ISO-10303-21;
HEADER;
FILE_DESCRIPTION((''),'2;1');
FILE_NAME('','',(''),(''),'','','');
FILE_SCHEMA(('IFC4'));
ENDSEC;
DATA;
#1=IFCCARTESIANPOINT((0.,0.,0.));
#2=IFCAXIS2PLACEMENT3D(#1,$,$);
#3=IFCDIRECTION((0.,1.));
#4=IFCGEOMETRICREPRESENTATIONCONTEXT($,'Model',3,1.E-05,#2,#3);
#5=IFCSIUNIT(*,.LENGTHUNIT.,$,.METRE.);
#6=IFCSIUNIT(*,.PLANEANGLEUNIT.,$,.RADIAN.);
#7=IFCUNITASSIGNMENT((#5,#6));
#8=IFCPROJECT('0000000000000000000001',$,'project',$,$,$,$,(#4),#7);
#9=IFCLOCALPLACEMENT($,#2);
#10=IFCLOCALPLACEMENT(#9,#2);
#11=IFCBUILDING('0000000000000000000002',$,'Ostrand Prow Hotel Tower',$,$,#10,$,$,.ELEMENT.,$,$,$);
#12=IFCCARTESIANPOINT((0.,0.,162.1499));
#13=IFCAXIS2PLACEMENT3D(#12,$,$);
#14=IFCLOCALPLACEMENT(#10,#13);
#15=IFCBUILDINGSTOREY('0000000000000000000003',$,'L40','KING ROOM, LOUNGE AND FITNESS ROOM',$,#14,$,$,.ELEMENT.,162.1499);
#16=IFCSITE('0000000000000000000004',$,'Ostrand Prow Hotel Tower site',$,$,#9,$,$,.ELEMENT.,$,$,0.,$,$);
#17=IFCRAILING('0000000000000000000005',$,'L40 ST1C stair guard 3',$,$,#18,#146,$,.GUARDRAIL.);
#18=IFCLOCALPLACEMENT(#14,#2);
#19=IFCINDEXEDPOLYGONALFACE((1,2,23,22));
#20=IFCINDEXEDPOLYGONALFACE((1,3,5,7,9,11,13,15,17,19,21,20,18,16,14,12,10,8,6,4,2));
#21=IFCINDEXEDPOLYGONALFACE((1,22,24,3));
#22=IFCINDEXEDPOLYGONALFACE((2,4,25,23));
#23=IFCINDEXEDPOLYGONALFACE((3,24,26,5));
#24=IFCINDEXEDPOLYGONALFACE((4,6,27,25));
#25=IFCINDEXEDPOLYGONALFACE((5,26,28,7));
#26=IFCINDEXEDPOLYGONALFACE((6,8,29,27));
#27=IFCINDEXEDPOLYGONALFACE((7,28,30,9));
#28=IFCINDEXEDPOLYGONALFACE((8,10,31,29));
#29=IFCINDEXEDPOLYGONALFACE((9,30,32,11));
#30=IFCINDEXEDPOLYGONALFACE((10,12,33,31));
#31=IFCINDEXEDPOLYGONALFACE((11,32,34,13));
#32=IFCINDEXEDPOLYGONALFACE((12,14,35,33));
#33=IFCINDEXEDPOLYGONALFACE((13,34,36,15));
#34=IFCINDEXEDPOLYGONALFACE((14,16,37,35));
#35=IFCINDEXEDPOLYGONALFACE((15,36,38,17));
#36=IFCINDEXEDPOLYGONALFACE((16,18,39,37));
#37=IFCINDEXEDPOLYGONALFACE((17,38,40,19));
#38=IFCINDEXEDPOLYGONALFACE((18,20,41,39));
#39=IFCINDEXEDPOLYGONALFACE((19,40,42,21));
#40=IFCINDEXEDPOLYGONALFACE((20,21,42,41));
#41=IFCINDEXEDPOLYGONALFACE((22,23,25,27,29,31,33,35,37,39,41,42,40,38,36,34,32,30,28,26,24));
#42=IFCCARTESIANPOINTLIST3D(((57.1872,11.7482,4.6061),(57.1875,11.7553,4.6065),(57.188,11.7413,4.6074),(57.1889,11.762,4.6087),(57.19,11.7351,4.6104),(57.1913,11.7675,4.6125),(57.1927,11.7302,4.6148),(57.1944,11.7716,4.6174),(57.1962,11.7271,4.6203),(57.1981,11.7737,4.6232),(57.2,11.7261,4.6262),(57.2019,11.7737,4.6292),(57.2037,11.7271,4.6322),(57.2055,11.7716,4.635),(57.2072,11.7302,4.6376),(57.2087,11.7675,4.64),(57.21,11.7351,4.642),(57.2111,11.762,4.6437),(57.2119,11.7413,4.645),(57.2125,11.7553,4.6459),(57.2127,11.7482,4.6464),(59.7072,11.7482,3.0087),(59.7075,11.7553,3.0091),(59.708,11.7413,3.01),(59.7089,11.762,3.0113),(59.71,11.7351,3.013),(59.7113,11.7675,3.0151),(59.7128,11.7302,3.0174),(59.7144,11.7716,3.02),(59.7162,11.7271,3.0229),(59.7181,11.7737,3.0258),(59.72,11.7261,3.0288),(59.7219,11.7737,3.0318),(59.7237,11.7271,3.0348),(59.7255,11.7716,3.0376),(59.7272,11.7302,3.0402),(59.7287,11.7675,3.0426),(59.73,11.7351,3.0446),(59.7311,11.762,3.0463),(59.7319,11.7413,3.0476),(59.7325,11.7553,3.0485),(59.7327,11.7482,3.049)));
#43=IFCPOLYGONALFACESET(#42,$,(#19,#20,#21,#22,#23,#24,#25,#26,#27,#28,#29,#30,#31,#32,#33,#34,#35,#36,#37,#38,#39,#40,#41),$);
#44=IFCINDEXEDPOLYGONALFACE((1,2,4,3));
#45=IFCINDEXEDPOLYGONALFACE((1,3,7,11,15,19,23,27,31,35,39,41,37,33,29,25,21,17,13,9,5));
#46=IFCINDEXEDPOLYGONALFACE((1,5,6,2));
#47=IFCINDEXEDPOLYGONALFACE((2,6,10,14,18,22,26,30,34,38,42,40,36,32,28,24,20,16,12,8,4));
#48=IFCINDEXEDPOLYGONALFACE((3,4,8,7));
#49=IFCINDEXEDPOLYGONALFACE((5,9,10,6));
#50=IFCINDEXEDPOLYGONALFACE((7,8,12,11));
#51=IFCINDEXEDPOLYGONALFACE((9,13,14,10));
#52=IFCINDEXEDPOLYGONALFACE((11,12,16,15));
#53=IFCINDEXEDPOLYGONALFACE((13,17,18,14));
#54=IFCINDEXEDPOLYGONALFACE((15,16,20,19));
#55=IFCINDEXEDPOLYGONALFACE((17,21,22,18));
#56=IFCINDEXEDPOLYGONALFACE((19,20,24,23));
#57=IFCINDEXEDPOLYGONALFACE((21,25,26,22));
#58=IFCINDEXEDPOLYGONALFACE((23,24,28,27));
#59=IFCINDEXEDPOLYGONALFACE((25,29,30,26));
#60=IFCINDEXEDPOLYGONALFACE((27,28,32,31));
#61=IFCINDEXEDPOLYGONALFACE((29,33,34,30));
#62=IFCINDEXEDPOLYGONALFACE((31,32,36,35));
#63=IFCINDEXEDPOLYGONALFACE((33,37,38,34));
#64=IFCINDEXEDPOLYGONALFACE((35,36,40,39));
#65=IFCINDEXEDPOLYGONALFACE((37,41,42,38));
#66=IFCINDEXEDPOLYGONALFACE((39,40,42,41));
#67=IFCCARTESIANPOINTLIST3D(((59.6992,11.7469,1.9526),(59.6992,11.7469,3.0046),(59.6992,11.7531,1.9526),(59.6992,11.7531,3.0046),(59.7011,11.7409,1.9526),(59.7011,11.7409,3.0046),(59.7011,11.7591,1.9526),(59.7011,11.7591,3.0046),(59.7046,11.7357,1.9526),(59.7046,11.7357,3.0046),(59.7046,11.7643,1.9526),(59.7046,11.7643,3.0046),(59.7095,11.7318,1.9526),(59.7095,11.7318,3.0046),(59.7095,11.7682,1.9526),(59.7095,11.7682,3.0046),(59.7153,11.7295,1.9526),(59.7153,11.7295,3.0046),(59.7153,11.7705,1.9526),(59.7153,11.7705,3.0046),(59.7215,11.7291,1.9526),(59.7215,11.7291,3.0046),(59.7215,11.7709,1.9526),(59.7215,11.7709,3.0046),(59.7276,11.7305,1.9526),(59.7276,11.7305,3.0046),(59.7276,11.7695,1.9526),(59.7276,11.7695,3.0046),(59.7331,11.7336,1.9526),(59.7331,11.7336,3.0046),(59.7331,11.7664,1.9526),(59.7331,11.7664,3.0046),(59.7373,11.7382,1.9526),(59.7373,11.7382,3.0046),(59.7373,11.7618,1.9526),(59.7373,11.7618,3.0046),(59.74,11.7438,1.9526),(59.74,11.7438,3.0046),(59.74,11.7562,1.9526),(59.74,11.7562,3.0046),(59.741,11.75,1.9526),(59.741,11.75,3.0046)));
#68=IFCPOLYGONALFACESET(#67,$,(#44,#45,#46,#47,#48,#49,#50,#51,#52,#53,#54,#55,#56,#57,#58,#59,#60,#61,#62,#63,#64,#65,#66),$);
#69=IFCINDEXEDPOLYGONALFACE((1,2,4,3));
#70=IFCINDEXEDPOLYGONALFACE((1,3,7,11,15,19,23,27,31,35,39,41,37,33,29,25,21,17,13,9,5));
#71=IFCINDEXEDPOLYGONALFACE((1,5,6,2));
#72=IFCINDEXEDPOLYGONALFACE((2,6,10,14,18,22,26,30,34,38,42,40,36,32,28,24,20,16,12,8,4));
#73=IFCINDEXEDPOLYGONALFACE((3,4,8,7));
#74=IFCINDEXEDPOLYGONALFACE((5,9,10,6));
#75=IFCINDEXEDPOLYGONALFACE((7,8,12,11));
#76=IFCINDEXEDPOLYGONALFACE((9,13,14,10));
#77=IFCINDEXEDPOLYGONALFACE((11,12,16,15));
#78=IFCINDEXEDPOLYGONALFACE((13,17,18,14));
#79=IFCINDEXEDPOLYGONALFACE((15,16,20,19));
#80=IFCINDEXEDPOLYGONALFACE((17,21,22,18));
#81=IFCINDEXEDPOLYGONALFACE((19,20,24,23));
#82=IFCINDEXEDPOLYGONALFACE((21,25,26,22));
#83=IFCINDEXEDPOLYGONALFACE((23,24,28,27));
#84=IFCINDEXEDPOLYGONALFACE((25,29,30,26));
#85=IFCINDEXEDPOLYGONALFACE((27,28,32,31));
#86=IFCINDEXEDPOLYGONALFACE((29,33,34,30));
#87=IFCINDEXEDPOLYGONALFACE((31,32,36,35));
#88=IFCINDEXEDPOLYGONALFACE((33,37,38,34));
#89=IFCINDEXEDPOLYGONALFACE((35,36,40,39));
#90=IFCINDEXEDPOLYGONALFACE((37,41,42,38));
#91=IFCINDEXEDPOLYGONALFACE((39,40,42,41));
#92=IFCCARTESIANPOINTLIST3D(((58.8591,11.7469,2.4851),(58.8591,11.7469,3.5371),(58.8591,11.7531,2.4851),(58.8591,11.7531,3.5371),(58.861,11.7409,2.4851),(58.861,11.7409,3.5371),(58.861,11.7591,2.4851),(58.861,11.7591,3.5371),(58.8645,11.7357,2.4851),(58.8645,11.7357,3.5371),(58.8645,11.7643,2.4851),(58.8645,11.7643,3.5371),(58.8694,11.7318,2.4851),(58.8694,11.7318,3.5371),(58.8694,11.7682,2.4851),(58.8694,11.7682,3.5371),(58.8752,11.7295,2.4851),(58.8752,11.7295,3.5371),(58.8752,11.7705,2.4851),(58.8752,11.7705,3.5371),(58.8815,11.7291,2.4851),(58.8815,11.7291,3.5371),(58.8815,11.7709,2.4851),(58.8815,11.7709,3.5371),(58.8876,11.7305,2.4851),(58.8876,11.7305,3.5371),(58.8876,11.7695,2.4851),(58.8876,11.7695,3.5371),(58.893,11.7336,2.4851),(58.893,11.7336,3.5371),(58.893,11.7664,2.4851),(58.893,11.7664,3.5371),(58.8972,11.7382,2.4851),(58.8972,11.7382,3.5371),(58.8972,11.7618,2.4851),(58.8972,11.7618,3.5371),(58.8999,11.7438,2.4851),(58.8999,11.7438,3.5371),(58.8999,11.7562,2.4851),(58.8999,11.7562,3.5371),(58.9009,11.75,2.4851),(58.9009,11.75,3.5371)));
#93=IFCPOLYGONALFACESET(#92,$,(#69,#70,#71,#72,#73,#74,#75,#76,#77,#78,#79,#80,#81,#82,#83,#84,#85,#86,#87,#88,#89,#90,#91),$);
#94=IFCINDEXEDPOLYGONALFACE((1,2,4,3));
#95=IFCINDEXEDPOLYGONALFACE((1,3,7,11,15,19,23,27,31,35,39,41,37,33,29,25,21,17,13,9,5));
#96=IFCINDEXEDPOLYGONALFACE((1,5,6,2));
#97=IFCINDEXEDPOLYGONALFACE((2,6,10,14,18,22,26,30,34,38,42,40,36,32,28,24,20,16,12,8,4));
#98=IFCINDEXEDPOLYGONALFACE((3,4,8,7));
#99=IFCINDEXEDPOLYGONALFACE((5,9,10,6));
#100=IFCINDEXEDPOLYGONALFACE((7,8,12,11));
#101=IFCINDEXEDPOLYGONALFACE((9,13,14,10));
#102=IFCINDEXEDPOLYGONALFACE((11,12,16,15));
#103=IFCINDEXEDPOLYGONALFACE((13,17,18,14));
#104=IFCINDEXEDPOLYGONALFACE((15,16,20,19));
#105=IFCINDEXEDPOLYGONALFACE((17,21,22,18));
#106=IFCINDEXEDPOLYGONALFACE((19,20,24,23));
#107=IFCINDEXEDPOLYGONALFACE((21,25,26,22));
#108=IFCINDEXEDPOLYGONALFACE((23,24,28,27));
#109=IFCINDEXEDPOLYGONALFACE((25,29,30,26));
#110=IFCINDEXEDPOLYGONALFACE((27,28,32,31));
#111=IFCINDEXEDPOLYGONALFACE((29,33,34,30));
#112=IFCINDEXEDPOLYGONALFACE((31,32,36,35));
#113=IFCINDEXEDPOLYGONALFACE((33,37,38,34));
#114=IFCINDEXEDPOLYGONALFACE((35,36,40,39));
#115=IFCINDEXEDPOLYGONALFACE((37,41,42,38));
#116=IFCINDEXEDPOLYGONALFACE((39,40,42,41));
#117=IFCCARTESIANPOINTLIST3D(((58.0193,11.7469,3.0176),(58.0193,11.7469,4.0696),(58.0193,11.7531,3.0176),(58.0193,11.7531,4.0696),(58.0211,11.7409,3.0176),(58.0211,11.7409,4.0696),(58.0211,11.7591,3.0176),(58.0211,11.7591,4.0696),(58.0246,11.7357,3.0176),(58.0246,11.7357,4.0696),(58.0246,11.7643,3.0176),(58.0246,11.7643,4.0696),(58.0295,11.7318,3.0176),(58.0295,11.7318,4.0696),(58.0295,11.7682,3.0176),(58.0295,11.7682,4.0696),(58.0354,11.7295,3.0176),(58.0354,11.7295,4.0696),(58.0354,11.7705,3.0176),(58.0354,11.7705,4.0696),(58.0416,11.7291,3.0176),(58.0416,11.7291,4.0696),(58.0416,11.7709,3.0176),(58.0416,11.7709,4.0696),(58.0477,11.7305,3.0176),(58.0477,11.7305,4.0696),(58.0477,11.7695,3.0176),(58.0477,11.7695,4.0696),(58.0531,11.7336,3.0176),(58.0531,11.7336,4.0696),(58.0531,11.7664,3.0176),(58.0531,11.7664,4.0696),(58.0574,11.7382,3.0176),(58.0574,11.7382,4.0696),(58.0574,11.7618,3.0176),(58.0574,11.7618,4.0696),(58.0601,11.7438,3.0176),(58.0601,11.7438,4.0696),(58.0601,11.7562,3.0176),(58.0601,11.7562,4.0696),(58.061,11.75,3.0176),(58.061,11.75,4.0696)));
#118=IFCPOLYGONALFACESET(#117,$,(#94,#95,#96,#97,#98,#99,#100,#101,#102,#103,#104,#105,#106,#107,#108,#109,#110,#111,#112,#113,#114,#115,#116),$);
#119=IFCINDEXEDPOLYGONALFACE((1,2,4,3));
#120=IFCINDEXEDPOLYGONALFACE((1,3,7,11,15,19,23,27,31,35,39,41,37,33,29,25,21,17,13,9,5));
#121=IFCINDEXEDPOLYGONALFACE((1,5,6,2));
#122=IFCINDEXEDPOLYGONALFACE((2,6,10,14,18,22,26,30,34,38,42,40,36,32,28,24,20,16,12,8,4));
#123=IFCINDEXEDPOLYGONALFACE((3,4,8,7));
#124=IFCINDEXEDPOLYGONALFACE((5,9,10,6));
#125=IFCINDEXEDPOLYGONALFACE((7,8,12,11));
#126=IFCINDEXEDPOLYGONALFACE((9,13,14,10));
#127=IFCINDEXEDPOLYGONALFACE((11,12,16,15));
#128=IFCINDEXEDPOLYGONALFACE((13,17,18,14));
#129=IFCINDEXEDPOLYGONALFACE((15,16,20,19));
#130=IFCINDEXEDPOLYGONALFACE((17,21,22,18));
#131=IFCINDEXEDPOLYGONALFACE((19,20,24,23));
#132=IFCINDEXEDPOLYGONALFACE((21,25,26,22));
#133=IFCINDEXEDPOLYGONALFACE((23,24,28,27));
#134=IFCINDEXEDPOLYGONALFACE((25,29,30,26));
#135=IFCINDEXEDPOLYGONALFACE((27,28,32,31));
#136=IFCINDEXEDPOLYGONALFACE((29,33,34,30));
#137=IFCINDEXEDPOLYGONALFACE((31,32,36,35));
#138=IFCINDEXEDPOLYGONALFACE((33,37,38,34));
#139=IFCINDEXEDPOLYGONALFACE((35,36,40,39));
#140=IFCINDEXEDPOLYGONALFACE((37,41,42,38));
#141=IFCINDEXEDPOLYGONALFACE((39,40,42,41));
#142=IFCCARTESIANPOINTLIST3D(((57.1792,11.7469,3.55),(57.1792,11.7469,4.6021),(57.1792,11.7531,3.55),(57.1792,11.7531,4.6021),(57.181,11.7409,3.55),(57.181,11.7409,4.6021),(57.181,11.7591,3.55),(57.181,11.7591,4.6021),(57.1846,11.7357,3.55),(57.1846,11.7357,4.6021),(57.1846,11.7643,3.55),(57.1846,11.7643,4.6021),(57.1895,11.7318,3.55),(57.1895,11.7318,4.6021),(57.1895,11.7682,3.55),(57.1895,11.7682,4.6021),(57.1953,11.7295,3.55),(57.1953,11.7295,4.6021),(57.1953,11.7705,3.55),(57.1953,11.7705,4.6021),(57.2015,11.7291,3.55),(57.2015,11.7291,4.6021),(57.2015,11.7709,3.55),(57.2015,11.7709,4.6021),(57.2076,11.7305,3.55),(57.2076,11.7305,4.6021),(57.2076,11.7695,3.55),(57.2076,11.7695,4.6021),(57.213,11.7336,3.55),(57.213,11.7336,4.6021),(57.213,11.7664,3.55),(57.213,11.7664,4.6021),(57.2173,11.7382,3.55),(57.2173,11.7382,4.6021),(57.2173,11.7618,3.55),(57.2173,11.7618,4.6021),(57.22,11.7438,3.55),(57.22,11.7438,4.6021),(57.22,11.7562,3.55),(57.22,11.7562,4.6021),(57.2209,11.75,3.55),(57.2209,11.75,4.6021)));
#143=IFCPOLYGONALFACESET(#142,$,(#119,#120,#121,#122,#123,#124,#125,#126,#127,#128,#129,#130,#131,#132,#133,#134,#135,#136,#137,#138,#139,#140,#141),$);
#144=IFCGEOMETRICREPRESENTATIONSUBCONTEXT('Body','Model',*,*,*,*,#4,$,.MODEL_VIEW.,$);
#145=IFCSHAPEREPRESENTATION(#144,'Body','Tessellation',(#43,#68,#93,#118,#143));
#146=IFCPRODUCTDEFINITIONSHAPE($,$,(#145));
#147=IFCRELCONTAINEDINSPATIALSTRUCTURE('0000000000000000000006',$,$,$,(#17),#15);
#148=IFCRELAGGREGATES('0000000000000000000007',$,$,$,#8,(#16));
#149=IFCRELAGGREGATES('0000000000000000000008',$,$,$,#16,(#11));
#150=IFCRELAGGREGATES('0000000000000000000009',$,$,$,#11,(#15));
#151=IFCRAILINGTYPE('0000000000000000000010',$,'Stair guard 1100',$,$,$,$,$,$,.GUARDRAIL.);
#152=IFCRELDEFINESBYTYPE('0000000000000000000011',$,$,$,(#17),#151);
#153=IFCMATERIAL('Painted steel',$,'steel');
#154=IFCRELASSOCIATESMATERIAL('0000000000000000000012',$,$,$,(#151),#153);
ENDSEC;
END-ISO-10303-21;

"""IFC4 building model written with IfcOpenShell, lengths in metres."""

from ifc_helpers import new_model, si_unit, direction, frame, origin, origin_2d, place, context, subcontext, project, spatial, circle, extrude, material, type_object, element, save


model = new_model("IFC4")

# Units and contexts
model_context = context("Model", 3, precision=1e-05, world=origin(), true_north=direction((0.0, 1.0)))
body_context = subcontext(model_context, "Body", "Model", "MODEL_VIEW")
ifc_project = project(units=[si_unit("LENGTHUNIT", "METRE"), si_unit("PLANEANGLEUNIT", "RADIAN")], contexts=[model_context])

# Site, building, storey
site_placement = place(None, origin())
site = spatial("IfcSite", under=ifc_project, at=site_placement, Name="Ostrand Prow Hotel Tower site", CompositionType="ELEMENT", RefElevation=0.0)
building_placement = place(site_placement, origin())
building = spatial("IfcBuilding", under=site, at=building_placement, Name="Ostrand Prow Hotel Tower", CompositionType="ELEMENT")
storey_placement = place(building_placement, frame((0.0, 0.0, 162.1499)))
storey = spatial("IfcBuildingStorey", under=building, at=storey_placement, Name="L40", Description="KING ROOM, LOUNGE AND FITNESS ROOM", CompositionType="ELEMENT", Elevation=162.1499)

# Railing
ifc_material_1 = material(Name="Painted steel", Category="steel")
railing_type_1 = type_object("IfcRailingType", Name="Stair guard 1100", PredefinedType="GUARDRAIL", material=ifc_material_1)
railing_1_placement = place(storey_placement, frame((59.72, 11.75, 1.9526)))
element("IfcRailing", 1, at=railing_1_placement, inside=storey, type_object=railing_type_1, Name="L40 ST1C stair guard 3", PredefinedType="GUARDRAIL", context=body_context, shape_type="SweptSolid", body=[
    extrude(circle(Radius=0.0239, at=origin_2d()), frame((0.0, 0.0, 1.0762), z_axis=(-0.844607, 0.0, 0.535387), x_axis=(0.0, -1.0, 0.0)), (0.0, 0.0, 1.0), 2.9836),
    extrude(circle(Radius=0.021, at=origin_2d()), origin(), (0.0, 0.0, 1.0), 1.052),
    extrude(circle(Radius=0.021, at=origin_2d()), frame((-0.8401, 0.0, 0.5325)), (0.0, 0.0, 1.0), 1.052),
    extrude(circle(Radius=0.021, at=origin_2d()), frame((-1.6799, 0.0, 1.0649)), (0.0, 0.0, 1.0), 1.052),
    extrude(circle(Radius=0.021, at=origin_2d()), frame((-2.52, 0.0, 1.5974)), (0.0, 0.0, 1.0), 1.052),
])

save(model, "model.ifc")
